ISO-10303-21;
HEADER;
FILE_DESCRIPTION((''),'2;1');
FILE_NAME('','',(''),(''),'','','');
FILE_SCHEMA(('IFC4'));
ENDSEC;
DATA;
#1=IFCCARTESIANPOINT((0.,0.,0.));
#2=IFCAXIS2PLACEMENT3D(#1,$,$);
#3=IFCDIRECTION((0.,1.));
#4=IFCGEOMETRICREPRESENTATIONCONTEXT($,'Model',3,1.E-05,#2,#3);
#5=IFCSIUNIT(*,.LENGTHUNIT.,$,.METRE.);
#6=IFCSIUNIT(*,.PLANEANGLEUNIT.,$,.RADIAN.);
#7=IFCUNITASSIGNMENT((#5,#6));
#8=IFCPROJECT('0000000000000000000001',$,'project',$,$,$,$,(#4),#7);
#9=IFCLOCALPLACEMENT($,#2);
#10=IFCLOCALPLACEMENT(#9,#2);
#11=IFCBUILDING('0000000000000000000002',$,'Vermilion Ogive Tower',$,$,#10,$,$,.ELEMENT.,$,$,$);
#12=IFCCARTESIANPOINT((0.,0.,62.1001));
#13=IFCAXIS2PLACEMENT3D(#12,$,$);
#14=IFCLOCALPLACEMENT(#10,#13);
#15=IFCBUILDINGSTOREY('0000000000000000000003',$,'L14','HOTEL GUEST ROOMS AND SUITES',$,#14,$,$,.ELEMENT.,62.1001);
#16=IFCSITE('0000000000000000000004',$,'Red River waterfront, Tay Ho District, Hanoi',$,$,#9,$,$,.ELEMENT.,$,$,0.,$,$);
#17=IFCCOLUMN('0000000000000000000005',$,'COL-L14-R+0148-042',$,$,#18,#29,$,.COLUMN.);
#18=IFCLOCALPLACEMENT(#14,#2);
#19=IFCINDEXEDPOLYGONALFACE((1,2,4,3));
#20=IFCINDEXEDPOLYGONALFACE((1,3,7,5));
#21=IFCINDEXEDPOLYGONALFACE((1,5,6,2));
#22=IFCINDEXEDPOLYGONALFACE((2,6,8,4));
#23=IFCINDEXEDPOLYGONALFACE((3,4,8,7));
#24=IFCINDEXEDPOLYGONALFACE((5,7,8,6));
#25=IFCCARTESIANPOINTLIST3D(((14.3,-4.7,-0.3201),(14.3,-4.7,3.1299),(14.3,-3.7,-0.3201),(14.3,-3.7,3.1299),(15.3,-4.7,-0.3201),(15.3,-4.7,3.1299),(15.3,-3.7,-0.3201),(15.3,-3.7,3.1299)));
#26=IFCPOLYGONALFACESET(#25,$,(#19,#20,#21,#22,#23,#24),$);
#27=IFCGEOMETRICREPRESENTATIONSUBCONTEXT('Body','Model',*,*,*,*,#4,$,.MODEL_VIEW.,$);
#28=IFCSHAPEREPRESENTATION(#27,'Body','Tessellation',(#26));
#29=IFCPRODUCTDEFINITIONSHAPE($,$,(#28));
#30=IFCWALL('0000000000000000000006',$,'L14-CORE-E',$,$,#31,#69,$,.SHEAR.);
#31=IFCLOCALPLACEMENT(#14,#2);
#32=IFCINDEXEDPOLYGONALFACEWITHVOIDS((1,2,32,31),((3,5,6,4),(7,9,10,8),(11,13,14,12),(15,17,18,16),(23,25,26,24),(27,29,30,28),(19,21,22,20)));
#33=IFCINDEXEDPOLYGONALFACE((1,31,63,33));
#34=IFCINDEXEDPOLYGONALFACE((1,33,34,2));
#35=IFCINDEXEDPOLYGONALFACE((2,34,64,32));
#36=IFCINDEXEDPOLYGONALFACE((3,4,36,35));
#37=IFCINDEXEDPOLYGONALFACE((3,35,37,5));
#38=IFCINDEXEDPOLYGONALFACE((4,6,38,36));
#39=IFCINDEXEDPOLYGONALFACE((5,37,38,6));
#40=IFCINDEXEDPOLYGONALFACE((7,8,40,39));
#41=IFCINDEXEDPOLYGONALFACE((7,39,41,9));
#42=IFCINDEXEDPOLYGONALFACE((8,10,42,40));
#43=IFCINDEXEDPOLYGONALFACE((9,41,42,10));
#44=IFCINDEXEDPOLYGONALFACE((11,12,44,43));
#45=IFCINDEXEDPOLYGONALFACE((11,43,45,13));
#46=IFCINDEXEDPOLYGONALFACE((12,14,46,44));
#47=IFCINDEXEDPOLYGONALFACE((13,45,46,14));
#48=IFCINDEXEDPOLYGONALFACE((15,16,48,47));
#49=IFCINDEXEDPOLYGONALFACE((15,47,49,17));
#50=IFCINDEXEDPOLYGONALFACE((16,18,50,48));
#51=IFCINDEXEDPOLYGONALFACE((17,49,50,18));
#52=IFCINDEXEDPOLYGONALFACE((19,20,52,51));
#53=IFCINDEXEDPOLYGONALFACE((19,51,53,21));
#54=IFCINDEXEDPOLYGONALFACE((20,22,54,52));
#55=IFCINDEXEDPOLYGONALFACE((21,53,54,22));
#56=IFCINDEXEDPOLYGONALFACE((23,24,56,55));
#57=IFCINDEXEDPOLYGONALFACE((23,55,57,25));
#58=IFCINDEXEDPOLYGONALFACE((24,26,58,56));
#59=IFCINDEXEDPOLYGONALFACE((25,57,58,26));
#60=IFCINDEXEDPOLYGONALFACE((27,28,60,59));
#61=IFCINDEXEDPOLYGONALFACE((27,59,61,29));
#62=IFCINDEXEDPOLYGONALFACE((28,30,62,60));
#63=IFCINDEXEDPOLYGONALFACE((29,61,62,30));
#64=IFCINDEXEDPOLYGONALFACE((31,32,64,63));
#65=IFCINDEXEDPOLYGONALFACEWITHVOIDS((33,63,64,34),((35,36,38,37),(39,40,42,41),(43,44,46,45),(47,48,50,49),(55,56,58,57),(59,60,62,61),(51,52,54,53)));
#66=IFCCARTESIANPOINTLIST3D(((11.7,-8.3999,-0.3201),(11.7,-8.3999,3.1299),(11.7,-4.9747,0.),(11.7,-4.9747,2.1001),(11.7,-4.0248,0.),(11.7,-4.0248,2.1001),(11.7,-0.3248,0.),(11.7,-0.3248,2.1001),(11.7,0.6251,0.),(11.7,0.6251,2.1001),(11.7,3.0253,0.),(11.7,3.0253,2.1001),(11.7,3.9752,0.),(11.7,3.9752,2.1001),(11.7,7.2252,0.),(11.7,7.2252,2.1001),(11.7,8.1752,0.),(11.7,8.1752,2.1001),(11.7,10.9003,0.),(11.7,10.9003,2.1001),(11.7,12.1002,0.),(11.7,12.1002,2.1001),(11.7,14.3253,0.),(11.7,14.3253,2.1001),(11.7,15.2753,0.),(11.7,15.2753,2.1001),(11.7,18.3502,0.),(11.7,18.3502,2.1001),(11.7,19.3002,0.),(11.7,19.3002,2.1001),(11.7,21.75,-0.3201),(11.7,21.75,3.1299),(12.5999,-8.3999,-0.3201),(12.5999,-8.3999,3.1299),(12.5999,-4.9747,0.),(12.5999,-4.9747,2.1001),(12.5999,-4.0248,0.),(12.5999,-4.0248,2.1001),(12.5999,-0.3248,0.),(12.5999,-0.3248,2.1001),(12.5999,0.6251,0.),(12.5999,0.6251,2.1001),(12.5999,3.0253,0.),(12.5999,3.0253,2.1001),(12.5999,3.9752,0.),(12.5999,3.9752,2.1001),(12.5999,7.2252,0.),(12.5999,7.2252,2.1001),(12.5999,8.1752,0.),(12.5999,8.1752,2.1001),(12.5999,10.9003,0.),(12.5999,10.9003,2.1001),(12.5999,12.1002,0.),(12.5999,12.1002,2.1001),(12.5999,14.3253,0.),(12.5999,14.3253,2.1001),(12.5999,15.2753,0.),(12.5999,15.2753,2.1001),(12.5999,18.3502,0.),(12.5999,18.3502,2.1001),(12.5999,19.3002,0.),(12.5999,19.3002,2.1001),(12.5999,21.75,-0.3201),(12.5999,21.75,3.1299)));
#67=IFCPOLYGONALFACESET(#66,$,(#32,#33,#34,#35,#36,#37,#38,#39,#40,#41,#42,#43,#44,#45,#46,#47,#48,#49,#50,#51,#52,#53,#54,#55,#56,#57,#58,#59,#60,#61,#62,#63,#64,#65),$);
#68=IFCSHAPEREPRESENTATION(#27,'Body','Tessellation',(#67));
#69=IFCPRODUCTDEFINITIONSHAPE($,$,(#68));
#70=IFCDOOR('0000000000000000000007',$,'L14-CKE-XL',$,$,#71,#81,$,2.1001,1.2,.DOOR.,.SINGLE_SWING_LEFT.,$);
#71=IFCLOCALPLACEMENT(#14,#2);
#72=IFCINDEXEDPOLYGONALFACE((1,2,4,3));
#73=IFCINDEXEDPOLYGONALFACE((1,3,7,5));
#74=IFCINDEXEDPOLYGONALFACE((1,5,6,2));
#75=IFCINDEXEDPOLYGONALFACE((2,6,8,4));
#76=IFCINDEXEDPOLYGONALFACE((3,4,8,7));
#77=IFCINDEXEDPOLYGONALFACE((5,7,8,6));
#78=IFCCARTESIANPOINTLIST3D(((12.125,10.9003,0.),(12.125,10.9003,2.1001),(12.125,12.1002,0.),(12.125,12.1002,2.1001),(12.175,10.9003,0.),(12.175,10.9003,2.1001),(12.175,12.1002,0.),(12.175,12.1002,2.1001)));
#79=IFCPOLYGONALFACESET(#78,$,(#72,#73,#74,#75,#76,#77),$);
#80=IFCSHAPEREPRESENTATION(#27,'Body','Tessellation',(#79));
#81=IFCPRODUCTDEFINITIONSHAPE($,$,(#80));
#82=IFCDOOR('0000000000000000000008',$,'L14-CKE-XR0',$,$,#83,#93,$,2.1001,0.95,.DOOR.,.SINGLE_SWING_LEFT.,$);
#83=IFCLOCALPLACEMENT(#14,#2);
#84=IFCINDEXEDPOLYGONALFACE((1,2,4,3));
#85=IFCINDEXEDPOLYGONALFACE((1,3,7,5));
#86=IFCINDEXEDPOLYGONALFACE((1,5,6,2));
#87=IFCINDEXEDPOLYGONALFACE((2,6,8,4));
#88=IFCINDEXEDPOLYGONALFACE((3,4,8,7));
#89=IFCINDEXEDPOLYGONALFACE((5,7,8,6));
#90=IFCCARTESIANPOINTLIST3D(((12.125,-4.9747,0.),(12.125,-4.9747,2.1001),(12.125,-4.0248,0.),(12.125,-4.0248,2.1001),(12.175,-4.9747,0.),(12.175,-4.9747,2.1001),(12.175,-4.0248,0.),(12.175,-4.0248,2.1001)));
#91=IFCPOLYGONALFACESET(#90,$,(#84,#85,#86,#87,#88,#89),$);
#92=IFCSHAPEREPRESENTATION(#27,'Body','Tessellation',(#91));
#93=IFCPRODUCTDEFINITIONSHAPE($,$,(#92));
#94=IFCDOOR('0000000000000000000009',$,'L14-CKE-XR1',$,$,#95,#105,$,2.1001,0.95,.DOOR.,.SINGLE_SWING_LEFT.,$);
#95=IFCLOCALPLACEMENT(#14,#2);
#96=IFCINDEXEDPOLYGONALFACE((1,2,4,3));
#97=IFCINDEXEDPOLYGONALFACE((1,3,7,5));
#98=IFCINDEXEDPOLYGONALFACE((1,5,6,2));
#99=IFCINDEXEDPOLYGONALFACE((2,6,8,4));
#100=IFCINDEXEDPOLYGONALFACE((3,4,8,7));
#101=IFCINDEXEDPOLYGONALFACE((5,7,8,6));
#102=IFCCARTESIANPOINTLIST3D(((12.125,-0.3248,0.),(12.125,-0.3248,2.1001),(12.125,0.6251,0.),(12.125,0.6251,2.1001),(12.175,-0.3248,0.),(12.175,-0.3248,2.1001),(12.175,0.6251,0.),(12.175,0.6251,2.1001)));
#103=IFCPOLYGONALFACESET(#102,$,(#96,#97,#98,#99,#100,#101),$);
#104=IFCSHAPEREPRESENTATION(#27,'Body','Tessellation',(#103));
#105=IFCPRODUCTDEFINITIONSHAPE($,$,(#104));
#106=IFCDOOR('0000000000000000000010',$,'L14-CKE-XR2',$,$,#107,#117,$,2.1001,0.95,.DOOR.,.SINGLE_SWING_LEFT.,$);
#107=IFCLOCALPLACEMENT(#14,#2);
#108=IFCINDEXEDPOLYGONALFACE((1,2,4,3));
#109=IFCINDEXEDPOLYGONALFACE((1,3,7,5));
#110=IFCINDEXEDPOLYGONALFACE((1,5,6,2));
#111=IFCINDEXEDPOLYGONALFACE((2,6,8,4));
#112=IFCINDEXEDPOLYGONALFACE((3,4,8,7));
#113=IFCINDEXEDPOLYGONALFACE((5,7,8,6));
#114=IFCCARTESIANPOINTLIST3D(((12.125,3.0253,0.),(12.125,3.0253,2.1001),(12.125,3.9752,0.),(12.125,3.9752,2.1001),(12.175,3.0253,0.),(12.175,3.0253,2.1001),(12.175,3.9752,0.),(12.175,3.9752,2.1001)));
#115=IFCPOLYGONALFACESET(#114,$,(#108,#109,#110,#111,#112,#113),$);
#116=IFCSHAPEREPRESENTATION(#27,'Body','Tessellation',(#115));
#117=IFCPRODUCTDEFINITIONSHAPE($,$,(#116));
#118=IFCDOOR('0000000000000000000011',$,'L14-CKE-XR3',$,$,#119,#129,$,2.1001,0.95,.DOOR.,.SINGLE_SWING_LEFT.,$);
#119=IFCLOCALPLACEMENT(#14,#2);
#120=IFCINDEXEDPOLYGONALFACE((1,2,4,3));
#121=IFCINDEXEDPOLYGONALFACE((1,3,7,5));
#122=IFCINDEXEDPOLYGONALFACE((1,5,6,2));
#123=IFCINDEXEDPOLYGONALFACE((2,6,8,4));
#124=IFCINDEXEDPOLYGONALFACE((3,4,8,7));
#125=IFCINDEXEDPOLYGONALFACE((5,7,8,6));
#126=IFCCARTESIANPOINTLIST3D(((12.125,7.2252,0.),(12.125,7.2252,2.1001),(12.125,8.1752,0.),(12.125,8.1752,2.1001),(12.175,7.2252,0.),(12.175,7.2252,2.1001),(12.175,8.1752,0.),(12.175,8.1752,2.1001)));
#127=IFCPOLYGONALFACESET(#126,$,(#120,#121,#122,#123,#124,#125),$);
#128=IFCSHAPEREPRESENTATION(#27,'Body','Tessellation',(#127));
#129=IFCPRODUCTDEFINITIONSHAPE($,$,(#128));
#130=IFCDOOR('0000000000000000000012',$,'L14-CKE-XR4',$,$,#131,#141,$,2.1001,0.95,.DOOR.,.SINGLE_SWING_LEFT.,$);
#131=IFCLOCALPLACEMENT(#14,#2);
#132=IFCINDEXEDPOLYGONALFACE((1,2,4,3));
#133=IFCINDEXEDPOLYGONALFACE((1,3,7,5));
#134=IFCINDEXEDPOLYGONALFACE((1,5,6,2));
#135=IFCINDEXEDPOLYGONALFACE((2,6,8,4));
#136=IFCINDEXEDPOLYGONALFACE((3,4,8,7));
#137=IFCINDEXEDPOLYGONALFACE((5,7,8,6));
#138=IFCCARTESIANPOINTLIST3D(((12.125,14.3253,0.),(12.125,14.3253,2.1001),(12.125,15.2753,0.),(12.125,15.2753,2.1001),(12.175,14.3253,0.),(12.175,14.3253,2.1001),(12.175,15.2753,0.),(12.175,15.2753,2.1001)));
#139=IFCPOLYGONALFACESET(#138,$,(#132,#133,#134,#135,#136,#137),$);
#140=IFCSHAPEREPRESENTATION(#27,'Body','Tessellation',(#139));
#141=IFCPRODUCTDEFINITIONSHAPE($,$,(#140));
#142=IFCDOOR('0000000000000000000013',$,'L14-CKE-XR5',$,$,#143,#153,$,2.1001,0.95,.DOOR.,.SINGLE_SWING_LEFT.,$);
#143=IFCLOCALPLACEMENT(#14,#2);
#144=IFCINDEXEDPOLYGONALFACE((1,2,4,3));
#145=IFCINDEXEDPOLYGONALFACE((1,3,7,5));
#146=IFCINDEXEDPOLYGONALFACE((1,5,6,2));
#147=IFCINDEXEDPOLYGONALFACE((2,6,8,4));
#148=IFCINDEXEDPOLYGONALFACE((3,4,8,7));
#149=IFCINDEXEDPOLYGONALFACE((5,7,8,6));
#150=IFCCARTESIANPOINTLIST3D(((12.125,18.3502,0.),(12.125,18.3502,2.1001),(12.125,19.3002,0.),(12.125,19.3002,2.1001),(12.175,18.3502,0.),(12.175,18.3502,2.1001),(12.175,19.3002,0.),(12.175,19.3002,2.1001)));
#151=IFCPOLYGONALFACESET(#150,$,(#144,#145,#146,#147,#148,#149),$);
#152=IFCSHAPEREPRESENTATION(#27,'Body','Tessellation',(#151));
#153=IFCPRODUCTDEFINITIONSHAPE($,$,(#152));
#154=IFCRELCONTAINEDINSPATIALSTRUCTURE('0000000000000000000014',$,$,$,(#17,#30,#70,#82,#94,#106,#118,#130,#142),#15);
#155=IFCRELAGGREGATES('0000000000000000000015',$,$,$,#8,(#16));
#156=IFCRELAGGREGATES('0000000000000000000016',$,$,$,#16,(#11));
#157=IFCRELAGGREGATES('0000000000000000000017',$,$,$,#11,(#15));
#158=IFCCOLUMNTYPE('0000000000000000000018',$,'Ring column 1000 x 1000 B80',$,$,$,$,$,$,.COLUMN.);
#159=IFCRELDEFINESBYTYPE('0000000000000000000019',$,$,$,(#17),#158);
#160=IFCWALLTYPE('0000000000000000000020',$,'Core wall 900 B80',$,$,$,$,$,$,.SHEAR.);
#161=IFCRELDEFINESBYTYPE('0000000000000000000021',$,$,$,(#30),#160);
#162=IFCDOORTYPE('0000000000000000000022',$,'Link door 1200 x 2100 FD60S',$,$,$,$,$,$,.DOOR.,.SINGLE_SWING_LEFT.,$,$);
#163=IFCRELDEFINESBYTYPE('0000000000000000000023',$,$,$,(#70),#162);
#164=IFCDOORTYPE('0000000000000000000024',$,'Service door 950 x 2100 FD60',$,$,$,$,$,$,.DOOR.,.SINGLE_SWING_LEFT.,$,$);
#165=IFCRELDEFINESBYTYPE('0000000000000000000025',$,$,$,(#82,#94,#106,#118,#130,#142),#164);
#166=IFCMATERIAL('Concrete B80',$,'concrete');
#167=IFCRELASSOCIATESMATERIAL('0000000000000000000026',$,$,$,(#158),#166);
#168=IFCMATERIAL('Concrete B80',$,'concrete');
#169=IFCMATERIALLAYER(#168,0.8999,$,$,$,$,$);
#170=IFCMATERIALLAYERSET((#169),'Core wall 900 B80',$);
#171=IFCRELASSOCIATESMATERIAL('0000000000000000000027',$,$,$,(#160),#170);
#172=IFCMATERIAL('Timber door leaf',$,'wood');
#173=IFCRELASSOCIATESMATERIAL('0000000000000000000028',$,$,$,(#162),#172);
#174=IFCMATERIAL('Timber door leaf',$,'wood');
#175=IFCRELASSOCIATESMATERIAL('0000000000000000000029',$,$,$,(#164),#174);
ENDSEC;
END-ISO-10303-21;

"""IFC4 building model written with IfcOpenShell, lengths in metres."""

from ifc_helpers import new_model, si_unit, direction, frame, frame_2d, origin, origin_2d, place, context, subcontext, project, spatial, rectangle, extrude, material, layer, layer_set, material_profile, profile_set, type_object, element, fill, save


model = new_model("IFC4")

# Units and contexts
model_context = context("Model", 3, precision=1e-05, world=origin(), true_north=direction((0.0, 1.0)))
body_context = subcontext(model_context, "Body", "Model", "MODEL_VIEW")
ifc_project = project(units=[si_unit("LENGTHUNIT", "METRE"), si_unit("PLANEANGLEUNIT", "RADIAN")], contexts=[model_context])

# Site, building, storey
site_placement = place(None, origin())
site = spatial("IfcSite", under=ifc_project, at=site_placement, Name="Red River waterfront, Tay Ho District, Hanoi", CompositionType="ELEMENT", RefElevation=0.0)
building_placement = place(site_placement, origin())
building = spatial("IfcBuilding", under=site, at=building_placement, Name="Vermilion Ogive Tower", CompositionType="ELEMENT")
storey_placement = place(building_placement, frame((0.0, 0.0, 62.1001)))
storey = spatial("IfcBuildingStorey", under=building, at=storey_placement, Name="L14", Description="HOTEL GUEST ROOMS AND SUITES", CompositionType="ELEMENT", Elevation=62.1001)

# Column
ifc_material_1 = material(Name="Concrete B80", Category="concrete")
ifc_material_profile = material_profile(ifc_material_1, rectangle(XDim=1.0, YDim=1.0, at=origin_2d()), Name="1000 x 1000")
ifc_profile_set = profile_set([ifc_material_profile], Name="Concrete B80")
column_type = type_object("IfcColumnType", Name="Ring column 1000 x 1000 B80", PredefinedType="COLUMN", material=ifc_profile_set)
column_placement = place(storey_placement, frame((14.8, -4.2, -0.3201), z_axis=(0.0, 0.0, 1.0), x_axis=(1.0, 0.0, 0.0)))
element("IfcColumn", 1, at=column_placement, inside=storey, type_object=column_type, Name="COL-L14-R+0148-042", PredefinedType="COLUMN", context=body_context, shape_type="SweptSolid", body=[
    extrude(rectangle(XDim=1.0, YDim=1.0, at=origin_2d()), origin(), (0.0, 0.0, 1.0), 3.45),
])

# Wall, openings, doors
ifc_material_2 = material(Name="Concrete B80", Category="concrete")
ifc_layer_1 = layer(ifc_material_2, 0.8999)
ifc_layer_set_1 = layer_set([ifc_layer_1], Name="Core wall 900 B80")
wall_type_1 = type_object("IfcWallType", Name="Core wall 900 B80", PredefinedType="SHEAR", material=ifc_layer_set_1)
wall_1_placement = place(storey_placement, frame((12.1499, -8.3999, -0.3201), z_axis=(0.0, 0.0, 1.0), x_axis=(0.0, 1.0, 0.0)))
wall_1 = element("IfcWall", 2, at=wall_1_placement, inside=storey, type_object=wall_type_1, Name="L14-CORE-E", PredefinedType="SHEAR", context=body_context, shape_type="SweptSolid", body=[
    extrude(rectangle(XDim=30.1499, YDim=0.8999, at=frame_2d((15.075, 0.0))), origin(), (0.0, 0.0, 1.0), 3.45),
])
opening_1_placement = place(wall_1_placement, frame((3.425, 0.0, 0.3201)))
opening_1 = element("IfcOpeningElement", 3, at=opening_1_placement, cuts=wall_1, PredefinedType="OPENING", context=body_context, shape_type="SweptSolid", body=[
    extrude(rectangle(XDim=0.95, YDim=2.1001, at=frame_2d((0.4751, 1.05))), frame((0.0, 0.46, 0.0), z_axis=(0.0, -1.0, 0.0), x_axis=(1.0, 0.0, 0.0)), (0.0, 0.0, 1.0), 0.9199),
])
opening_2_placement = place(wall_1_placement, frame((8.075, 0.0, 0.3201)))
opening_2 = element("IfcOpeningElement", 4, at=opening_2_placement, cuts=wall_1, PredefinedType="OPENING", context=body_context, shape_type="SweptSolid", body=[
    extrude(rectangle(XDim=0.95, YDim=2.1001, at=frame_2d((0.4751, 1.05))), frame((0.0, 0.46, 0.0), z_axis=(0.0, -1.0, 0.0), x_axis=(1.0, 0.0, 0.0)), (0.0, 0.0, 1.0), 0.9199),
])
opening_3_placement = place(wall_1_placement, frame((11.425, 0.0, 0.3201)))
opening_3 = element("IfcOpeningElement", 5, at=opening_3_placement, cuts=wall_1, PredefinedType="OPENING", context=body_context, shape_type="SweptSolid", body=[
    extrude(rectangle(XDim=0.95, YDim=2.1001, at=frame_2d((0.4751, 1.05))), frame((0.0, 0.46, 0.0), z_axis=(0.0, -1.0, 0.0), x_axis=(1.0, 0.0, 0.0)), (0.0, 0.0, 1.0), 0.9199),
])
opening_4_placement = place(wall_1_placement, frame((15.625, 0.0, 0.3201)))
opening_4 = element("IfcOpeningElement", 6, at=opening_4_placement, cuts=wall_1, PredefinedType="OPENING", context=body_context, shape_type="SweptSolid", body=[
    extrude(rectangle(XDim=0.95, YDim=2.1001, at=frame_2d((0.4751, 1.05))), frame((0.0, 0.46, 0.0), z_axis=(0.0, -1.0, 0.0), x_axis=(1.0, 0.0, 0.0)), (0.0, 0.0, 1.0), 0.9199),
])
opening_5_placement = place(wall_1_placement, frame((22.7251, 0.0, 0.3201)))
opening_5 = element("IfcOpeningElement", 7, at=opening_5_placement, cuts=wall_1, PredefinedType="OPENING", context=body_context, shape_type="SweptSolid", body=[
    extrude(rectangle(XDim=0.95, YDim=2.1001, at=frame_2d((0.4751, 1.05))), frame((0.0, 0.46, 0.0), z_axis=(0.0, -1.0, 0.0), x_axis=(1.0, 0.0, 0.0)), (0.0, 0.0, 1.0), 0.9199),
])
opening_6_placement = place(wall_1_placement, frame((26.75, 0.0, 0.3201)))
opening_6 = element("IfcOpeningElement", 8, at=opening_6_placement, cuts=wall_1, PredefinedType="OPENING", context=body_context, shape_type="SweptSolid", body=[
    extrude(rectangle(XDim=0.95, YDim=2.1001, at=frame_2d((0.4751, 1.05))), frame((0.0, 0.46, 0.0), z_axis=(0.0, -1.0, 0.0), x_axis=(1.0, 0.0, 0.0)), (0.0, 0.0, 1.0), 0.9199),
])
opening_7_placement = place(wall_1_placement, frame((19.3, 0.0, 0.3201)))
opening_7 = element("IfcOpeningElement", 9, at=opening_7_placement, cuts=wall_1, PredefinedType="OPENING", context=body_context, shape_type="SweptSolid", body=[
    extrude(rectangle(XDim=1.2, YDim=2.1001, at=frame_2d((0.6001, 1.05))), frame((0.0, 0.46, 0.0), z_axis=(0.0, -1.0, 0.0), x_axis=(1.0, 0.0, 0.0)), (0.0, 0.0, 1.0), 0.9199),
])
ifc_material_3 = material(Name="Timber door leaf", Category="wood")
door_type_1 = type_object("IfcDoorType", Name="Link door 1200 x 2100 FD60S", OperationType="SINGLE_SWING_LEFT", PredefinedType="DOOR", material=ifc_material_3)
door_1_placement = place(opening_7_placement, origin())
door_1 = element("IfcDoor", 10, at=door_1_placement, inside=storey, type_object=door_type_1, Name="L14-CKE-XL", OperationType="SINGLE_SWING_LEFT", OverallHeight=2.1001, OverallWidth=1.2, PredefinedType="DOOR", context=body_context, shape_type="SweptSolid", body=[
    extrude(rectangle(XDim=1.2, YDim=2.1001, at=frame_2d((0.6001, 1.05))), frame((0.0, 0.0249, 0.0), z_axis=(0.0, -1.0, 0.0), x_axis=(1.0, 0.0, 0.0)), (0.0, 0.0, 1.0), 0.05),
])
fill(opening_7, door_1)
ifc_material_4 = material(Name="Timber door leaf", Category="wood")
door_type_2 = type_object("IfcDoorType", Name="Service door 950 x 2100 FD60", OperationType="SINGLE_SWING_LEFT", PredefinedType="DOOR", material=ifc_material_4)
door_2_placement = place(opening_1_placement, origin())
door_2 = element("IfcDoor", 11, at=door_2_placement, inside=storey, type_object=door_type_2, Name="L14-CKE-XR0", OperationType="SINGLE_SWING_LEFT", OverallHeight=2.1001, OverallWidth=0.95, PredefinedType="DOOR", context=body_context, shape_type="SweptSolid", body=[
    extrude(rectangle(XDim=0.95, YDim=2.1001, at=frame_2d((0.4751, 1.05))), frame((0.0, 0.0249, 0.0), z_axis=(0.0, -1.0, 0.0), x_axis=(1.0, 0.0, 0.0)), (0.0, 0.0, 1.0), 0.05),
])
fill(opening_1, door_2)
door_3_placement = place(opening_2_placement, origin())
door_3 = element("IfcDoor", 12, at=door_3_placement, inside=storey, type_object=door_type_2, Name="L14-CKE-XR1", OperationType="SINGLE_SWING_LEFT", OverallHeight=2.1001, OverallWidth=0.95, PredefinedType="DOOR", context=body_context, shape_type="SweptSolid", body=[
    extrude(rectangle(XDim=0.95, YDim=2.1001, at=frame_2d((0.4751, 1.05))), frame((0.0, 0.0249, 0.0), z_axis=(0.0, -1.0, 0.0), x_axis=(1.0, 0.0, 0.0)), (0.0, 0.0, 1.0), 0.05),
])
fill(opening_2, door_3)
door_4_placement = place(opening_3_placement, origin())
door_4 = element("IfcDoor", 13, at=door_4_placement, inside=storey, type_object=door_type_2, Name="L14-CKE-XR2", OperationType="SINGLE_SWING_LEFT", OverallHeight=2.1001, OverallWidth=0.95, PredefinedType="DOOR", context=body_context, shape_type="SweptSolid", body=[
    extrude(rectangle(XDim=0.95, YDim=2.1001, at=frame_2d((0.4751, 1.05))), frame((0.0, 0.0249, 0.0), z_axis=(0.0, -1.0, 0.0), x_axis=(1.0, 0.0, 0.0)), (0.0, 0.0, 1.0), 0.05),
])
fill(opening_3, door_4)
door_5_placement = place(opening_4_placement, origin())
door_5 = element("IfcDoor", 14, at=door_5_placement, inside=storey, type_object=door_type_2, Name="L14-CKE-XR3", OperationType="SINGLE_SWING_LEFT", OverallHeight=2.1001, OverallWidth=0.95, PredefinedType="DOOR", context=body_context, shape_type="SweptSolid", body=[
    extrude(rectangle(XDim=0.95, YDim=2.1001, at=frame_2d((0.4751, 1.05))), frame((0.0, 0.0249, 0.0), z_axis=(0.0, -1.0, 0.0), x_axis=(1.0, 0.0, 0.0)), (0.0, 0.0, 1.0), 0.05),
])
fill(opening_4, door_5)
door_6_placement = place(opening_5_placement, origin())
door_6 = element("IfcDoor", 15, at=door_6_placement, inside=storey, type_object=door_type_2, Name="L14-CKE-XR4", OperationType="SINGLE_SWING_LEFT", OverallHeight=2.1001, OverallWidth=0.95, PredefinedType="DOOR", context=body_context, shape_type="SweptSolid", body=[
    extrude(rectangle(XDim=0.95, YDim=2.1001, at=frame_2d((0.4751, 1.05))), frame((0.0, 0.0249, 0.0), z_axis=(0.0, -1.0, 0.0), x_axis=(1.0, 0.0, 0.0)), (0.0, 0.0, 1.0), 0.05),
])
fill(opening_5, door_6)
door_7_placement = place(opening_6_placement, origin())
door_7 = element("IfcDoor", 16, at=door_7_placement, inside=storey, type_object=door_type_2, Name="L14-CKE-XR5", OperationType="SINGLE_SWING_LEFT", OverallHeight=2.1001, OverallWidth=0.95, PredefinedType="DOOR", context=body_context, shape_type="SweptSolid", body=[
    extrude(rectangle(XDim=0.95, YDim=2.1001, at=frame_2d((0.4751, 1.05))), frame((0.0, 0.0249, 0.0), z_axis=(0.0, -1.0, 0.0), x_axis=(1.0, 0.0, 0.0)), (0.0, 0.0, 1.0), 0.05),
])
fill(opening_6, door_7)

save(model, "model.ifc")
